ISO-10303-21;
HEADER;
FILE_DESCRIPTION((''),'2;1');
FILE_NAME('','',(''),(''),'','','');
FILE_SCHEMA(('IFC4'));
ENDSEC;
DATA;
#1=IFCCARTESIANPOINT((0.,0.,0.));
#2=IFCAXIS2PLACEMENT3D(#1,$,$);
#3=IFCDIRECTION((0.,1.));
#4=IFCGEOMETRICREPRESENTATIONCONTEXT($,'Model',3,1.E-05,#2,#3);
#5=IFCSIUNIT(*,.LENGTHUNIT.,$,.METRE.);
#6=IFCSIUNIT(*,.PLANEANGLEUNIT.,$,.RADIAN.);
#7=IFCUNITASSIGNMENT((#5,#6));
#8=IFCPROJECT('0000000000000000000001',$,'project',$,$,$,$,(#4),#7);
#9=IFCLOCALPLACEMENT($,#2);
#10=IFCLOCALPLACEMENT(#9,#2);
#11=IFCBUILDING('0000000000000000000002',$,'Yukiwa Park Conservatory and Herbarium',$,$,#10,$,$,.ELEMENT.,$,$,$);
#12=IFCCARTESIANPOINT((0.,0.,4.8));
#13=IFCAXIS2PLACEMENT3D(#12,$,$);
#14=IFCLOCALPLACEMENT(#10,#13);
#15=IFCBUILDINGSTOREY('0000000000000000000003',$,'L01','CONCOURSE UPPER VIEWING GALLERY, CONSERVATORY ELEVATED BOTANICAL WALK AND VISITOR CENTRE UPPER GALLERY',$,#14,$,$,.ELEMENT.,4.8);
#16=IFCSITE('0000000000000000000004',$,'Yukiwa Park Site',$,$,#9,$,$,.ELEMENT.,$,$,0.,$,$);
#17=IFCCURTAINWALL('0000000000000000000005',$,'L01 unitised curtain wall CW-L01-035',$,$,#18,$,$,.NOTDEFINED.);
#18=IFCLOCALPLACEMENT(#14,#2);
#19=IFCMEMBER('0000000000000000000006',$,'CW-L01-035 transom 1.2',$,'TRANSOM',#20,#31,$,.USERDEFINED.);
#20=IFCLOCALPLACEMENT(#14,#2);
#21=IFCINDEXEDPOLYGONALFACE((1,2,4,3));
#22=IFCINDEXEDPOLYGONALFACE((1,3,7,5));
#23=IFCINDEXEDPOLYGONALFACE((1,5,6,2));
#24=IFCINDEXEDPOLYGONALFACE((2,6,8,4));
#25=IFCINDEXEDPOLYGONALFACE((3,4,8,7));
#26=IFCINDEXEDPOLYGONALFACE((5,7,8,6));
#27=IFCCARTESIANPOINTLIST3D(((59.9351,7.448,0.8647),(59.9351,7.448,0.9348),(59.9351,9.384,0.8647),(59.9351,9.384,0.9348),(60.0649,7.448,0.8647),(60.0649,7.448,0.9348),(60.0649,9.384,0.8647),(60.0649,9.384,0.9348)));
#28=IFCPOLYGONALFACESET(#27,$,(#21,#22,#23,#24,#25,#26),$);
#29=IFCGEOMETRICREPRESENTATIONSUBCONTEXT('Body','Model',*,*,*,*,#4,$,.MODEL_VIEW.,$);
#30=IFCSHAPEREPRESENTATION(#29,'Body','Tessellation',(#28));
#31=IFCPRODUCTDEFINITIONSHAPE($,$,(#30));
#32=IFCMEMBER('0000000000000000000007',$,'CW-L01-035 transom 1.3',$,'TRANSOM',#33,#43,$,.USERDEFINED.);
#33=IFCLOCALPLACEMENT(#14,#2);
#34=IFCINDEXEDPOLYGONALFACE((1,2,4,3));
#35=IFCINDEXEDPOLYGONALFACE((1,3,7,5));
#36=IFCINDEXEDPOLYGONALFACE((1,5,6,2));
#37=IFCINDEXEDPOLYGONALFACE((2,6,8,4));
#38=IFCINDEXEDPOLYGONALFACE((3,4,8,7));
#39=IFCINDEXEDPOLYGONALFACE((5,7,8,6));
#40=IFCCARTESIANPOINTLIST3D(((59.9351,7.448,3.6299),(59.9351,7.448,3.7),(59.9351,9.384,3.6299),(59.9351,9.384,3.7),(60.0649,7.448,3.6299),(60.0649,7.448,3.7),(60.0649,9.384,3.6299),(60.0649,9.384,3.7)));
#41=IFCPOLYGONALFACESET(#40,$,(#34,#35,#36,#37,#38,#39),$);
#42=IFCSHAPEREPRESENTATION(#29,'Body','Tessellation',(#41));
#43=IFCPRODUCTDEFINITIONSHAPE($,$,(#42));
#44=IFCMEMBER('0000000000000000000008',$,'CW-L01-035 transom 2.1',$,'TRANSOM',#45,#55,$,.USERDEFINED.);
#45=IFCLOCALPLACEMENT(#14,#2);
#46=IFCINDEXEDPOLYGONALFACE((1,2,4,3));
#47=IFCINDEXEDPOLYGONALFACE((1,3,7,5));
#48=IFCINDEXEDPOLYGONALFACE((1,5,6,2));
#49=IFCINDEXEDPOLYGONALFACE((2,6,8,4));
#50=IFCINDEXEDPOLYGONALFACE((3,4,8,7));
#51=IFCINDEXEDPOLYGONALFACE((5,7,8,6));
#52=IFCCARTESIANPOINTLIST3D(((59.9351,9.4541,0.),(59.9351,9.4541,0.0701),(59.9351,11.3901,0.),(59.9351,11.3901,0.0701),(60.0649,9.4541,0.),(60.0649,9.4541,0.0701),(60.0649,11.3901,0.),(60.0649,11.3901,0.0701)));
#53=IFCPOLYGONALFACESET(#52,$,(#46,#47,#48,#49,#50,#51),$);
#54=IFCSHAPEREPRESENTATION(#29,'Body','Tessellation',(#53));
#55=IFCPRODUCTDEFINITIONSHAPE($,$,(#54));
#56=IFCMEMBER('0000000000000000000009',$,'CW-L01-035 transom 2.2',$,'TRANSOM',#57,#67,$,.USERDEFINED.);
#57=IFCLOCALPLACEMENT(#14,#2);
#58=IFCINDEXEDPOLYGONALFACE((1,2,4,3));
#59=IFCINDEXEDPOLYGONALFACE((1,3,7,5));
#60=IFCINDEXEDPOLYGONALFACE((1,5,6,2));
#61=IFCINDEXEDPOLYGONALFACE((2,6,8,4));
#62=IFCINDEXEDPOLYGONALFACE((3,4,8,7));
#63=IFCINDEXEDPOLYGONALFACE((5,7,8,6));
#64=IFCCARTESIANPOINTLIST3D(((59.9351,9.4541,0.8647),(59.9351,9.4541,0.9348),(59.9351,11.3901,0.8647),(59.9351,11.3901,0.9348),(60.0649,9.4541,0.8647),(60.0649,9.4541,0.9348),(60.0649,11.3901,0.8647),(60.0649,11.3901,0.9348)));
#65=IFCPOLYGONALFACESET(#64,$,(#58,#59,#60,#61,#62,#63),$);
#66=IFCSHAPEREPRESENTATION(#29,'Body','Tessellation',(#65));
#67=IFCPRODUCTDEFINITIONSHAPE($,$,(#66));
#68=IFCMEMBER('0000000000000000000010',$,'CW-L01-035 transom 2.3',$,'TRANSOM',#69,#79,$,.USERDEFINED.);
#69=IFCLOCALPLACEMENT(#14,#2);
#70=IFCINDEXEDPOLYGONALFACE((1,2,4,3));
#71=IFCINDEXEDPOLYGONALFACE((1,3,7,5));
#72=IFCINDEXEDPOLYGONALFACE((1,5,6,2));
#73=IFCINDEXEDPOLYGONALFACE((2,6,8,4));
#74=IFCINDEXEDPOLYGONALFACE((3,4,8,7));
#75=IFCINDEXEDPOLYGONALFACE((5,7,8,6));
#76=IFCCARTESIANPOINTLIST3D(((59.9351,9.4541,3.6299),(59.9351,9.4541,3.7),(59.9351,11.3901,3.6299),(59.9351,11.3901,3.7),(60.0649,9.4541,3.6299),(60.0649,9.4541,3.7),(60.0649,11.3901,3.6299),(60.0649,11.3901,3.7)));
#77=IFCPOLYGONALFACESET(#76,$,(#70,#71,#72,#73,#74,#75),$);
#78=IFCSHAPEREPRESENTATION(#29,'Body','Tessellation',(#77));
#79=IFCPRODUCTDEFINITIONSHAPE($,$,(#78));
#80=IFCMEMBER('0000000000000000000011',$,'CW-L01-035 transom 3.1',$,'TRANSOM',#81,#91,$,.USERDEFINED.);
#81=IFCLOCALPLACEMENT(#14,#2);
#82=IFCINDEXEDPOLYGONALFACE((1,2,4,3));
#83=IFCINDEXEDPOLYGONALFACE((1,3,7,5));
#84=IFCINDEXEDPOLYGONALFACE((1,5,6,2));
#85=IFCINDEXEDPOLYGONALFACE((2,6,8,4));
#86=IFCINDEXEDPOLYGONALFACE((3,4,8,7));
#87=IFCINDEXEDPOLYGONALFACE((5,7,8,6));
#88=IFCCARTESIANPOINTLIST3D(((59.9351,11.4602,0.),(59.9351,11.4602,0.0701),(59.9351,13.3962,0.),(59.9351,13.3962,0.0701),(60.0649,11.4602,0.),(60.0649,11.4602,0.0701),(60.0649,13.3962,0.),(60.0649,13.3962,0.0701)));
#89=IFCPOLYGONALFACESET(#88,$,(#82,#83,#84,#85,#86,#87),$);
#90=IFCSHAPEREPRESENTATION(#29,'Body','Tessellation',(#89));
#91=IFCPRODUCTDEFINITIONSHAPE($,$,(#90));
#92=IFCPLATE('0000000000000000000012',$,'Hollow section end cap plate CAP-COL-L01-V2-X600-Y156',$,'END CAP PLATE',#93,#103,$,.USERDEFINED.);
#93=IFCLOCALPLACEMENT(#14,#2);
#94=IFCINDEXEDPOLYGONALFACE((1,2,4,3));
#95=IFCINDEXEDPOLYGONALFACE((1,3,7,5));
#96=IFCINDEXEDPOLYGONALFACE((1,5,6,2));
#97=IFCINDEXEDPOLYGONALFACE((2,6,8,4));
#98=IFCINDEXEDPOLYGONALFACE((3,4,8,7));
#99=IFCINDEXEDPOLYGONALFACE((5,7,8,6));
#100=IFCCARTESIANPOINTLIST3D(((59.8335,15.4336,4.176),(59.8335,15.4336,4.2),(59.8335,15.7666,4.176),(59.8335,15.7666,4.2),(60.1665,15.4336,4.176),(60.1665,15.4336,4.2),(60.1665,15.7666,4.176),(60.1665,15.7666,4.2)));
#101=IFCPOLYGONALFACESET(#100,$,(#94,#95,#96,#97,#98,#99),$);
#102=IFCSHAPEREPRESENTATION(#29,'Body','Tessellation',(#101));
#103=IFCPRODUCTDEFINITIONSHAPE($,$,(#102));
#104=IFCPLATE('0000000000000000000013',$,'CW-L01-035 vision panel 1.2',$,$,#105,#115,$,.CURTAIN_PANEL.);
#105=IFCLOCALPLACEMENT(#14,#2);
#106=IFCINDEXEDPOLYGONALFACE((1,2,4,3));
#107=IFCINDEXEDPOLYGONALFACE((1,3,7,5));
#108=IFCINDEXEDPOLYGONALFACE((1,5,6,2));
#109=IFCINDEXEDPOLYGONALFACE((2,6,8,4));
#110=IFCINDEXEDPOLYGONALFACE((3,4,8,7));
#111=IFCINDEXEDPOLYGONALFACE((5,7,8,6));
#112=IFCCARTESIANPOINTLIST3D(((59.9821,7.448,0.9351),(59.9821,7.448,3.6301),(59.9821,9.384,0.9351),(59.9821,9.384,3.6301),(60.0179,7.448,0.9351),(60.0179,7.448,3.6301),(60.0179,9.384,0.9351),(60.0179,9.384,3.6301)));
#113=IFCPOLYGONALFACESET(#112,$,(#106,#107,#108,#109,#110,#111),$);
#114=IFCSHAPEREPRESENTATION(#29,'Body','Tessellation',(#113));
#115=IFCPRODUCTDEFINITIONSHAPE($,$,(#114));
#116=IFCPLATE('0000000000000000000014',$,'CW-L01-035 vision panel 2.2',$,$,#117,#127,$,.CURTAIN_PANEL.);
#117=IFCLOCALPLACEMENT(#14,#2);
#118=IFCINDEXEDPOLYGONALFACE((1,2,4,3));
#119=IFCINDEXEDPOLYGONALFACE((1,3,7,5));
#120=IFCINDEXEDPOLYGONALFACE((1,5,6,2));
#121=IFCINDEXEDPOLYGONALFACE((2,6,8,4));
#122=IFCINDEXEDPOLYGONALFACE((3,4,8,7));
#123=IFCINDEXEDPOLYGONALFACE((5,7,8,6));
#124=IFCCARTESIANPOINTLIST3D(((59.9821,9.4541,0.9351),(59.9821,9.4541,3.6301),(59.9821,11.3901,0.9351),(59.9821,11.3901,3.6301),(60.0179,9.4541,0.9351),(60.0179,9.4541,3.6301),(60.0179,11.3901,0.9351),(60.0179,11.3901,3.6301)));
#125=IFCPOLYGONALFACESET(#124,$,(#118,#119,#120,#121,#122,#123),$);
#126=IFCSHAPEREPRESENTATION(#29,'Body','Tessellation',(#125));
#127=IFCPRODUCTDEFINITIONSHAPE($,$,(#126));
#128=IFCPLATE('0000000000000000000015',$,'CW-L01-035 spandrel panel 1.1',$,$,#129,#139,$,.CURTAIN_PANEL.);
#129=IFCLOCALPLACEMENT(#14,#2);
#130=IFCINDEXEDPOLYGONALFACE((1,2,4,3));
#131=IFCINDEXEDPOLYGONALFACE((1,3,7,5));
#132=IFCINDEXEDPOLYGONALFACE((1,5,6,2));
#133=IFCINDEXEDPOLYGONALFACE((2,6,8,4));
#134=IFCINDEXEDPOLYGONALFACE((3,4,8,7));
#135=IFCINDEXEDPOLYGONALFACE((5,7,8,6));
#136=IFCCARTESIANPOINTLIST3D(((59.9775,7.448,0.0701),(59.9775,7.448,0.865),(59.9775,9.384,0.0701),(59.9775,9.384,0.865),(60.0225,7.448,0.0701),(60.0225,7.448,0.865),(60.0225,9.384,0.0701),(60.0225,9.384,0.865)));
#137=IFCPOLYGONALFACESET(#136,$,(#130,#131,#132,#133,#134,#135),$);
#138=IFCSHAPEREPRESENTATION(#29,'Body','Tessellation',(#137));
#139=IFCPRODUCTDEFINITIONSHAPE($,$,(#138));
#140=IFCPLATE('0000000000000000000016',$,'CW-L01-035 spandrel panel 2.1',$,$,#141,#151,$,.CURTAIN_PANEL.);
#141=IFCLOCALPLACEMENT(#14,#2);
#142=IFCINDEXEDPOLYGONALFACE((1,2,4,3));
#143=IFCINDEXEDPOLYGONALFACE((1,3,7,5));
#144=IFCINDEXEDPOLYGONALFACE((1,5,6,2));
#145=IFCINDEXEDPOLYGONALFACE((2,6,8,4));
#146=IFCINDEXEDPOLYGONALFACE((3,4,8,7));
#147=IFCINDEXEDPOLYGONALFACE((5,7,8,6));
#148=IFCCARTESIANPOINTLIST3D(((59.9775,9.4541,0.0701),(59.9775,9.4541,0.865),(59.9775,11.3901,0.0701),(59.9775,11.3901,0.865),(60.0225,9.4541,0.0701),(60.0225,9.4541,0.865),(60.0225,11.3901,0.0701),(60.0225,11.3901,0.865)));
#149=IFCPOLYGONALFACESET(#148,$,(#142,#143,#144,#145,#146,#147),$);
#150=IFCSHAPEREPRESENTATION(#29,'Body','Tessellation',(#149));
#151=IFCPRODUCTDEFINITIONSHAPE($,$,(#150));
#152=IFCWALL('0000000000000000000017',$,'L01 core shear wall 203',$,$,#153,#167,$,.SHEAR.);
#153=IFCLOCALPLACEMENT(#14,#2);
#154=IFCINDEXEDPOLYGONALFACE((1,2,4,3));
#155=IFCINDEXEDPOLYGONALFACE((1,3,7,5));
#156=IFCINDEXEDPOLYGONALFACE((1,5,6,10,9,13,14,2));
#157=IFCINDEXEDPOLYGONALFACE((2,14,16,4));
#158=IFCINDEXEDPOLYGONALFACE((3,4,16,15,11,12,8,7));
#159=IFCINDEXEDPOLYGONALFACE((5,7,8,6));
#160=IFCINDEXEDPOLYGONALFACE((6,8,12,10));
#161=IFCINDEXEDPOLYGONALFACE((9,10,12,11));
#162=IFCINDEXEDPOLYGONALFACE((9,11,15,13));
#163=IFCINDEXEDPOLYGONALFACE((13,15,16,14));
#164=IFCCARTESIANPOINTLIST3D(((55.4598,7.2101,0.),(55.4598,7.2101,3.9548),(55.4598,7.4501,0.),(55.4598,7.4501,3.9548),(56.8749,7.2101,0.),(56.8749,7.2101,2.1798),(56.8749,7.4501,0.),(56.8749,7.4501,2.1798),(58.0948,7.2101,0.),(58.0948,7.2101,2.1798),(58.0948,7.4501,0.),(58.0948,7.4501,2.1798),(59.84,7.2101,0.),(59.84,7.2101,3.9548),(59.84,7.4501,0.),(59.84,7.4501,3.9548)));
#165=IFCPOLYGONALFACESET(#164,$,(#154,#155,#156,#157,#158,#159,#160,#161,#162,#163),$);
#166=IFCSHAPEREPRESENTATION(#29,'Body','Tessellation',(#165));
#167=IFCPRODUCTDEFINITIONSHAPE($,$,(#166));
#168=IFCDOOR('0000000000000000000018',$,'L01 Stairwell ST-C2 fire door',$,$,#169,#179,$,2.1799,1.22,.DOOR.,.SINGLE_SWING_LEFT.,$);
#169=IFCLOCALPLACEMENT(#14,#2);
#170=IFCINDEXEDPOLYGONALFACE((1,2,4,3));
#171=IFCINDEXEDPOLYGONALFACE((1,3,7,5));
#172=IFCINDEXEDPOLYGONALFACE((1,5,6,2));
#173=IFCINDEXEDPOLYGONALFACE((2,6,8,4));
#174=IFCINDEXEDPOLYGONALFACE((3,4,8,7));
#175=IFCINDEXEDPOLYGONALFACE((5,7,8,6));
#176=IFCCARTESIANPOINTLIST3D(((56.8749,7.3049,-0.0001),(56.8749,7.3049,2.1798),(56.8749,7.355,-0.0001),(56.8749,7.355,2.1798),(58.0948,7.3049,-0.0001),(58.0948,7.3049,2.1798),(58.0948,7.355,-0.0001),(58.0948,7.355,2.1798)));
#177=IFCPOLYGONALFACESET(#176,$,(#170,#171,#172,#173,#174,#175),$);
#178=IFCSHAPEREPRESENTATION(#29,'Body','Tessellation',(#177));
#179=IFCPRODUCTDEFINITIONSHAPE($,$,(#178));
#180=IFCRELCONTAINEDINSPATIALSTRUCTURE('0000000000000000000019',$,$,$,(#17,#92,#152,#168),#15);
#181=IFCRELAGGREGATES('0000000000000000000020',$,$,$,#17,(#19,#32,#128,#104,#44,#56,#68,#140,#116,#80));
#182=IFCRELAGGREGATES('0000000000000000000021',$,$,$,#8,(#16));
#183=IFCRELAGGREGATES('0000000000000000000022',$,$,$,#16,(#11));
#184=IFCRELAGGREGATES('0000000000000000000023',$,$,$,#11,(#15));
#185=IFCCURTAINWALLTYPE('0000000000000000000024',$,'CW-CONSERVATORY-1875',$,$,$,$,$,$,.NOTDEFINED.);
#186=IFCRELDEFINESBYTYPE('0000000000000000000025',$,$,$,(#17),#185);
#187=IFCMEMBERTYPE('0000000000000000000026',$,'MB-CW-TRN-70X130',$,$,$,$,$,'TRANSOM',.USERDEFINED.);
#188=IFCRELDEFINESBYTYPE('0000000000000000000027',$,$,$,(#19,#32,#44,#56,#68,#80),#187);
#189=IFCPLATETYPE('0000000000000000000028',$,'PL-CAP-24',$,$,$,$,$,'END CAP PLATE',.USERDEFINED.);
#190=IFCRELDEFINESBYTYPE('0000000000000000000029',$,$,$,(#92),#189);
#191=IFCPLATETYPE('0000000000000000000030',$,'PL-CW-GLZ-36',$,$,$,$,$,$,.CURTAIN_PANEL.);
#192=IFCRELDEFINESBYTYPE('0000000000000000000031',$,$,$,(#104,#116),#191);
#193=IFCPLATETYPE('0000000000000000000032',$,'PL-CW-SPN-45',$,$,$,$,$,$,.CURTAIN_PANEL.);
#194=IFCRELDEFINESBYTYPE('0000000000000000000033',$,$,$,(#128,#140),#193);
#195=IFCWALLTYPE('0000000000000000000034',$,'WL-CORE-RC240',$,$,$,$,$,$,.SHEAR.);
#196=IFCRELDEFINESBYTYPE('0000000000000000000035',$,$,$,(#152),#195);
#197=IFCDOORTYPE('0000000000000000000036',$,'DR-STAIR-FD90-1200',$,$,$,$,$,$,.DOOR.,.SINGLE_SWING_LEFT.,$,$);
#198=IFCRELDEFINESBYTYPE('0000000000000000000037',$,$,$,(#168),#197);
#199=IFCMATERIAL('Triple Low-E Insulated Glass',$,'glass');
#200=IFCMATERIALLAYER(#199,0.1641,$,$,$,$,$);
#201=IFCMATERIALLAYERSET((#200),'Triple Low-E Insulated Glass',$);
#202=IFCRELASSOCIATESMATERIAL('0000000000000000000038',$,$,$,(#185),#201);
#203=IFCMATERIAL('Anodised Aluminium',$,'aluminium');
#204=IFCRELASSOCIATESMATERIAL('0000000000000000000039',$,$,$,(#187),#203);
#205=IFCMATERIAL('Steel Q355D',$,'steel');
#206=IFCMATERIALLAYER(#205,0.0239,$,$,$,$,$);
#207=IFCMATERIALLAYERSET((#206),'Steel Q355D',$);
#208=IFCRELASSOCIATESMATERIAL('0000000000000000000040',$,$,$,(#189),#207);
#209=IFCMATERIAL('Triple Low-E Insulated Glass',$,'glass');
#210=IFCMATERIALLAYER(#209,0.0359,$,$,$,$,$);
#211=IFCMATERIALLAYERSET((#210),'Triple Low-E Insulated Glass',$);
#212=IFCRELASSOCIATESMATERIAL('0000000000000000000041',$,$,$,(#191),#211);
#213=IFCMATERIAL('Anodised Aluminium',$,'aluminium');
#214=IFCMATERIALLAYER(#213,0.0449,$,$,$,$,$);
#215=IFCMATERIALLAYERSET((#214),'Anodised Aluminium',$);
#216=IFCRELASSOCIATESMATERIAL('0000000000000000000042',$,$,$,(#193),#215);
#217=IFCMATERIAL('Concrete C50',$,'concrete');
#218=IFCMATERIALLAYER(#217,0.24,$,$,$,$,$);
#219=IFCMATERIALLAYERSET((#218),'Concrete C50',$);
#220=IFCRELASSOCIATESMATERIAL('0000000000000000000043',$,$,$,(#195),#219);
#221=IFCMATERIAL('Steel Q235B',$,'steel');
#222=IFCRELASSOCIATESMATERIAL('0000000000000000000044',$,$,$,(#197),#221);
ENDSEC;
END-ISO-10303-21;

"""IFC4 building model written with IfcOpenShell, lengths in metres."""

from ifc_helpers import new_model, si_unit, direction, frame, frame_2d, origin, origin_2d, place, context, subcontext, project, spatial, rectangle, extrude, material, layer, layer_set, type_object, element, fill, aggregate, save


model = new_model("IFC4")

# Units and contexts
model_context = context("Model", 3, precision=1e-05, world=origin(), true_north=direction((0.0, 1.0)))
body_context = subcontext(model_context, "Body", "Model", "MODEL_VIEW")
ifc_project = project(units=[si_unit("LENGTHUNIT", "METRE"), si_unit("PLANEANGLEUNIT", "RADIAN")], contexts=[model_context])

# Site, building, storey
site_placement = place(None, origin())
site = spatial("IfcSite", under=ifc_project, at=site_placement, Name="Yukiwa Park Site", CompositionType="ELEMENT", RefElevation=0.0)
building_placement = place(site_placement, origin())
building = spatial("IfcBuilding", under=site, at=building_placement, Name="Yukiwa Park Conservatory and Herbarium", CompositionType="ELEMENT")
storey_placement = place(building_placement, frame((0.0, 0.0, 4.8)))
storey = spatial("IfcBuildingStorey", under=building, at=storey_placement, Name="L01", Description="CONCOURSE UPPER VIEWING GALLERY, CONSERVATORY ELEVATED BOTANICAL WALK AND VISITOR CENTRE UPPER GALLERY", CompositionType="ELEMENT", Elevation=4.8)

# Curtain wall, members
ifc_material_1 = material(Name="Triple Low-E Insulated Glass", Category="glass")
ifc_layer_1 = layer(ifc_material_1, 0.1641)
ifc_layer_set_1 = layer_set([ifc_layer_1], Name="Triple Low-E Insulated Glass")
curtain_wall_type = type_object("IfcCurtainWallType", Name="CW-CONSERVATORY-1875", PredefinedType="NOTDEFINED", material=ifc_layer_set_1)
curtain_wall_placement = place(storey_placement, origin())
curtain_wall = element("IfcCurtainWall", 1, at=curtain_wall_placement, inside=storey, type_object=curtain_wall_type, Name="L01 unitised curtain wall CW-L01-035", PredefinedType="NOTDEFINED")
ifc_material_2 = material(Name="Anodised Aluminium", Category="aluminium")
member_type_1 = type_object("IfcMemberType", Name="MB-CW-TRN-70X130", ElementType="TRANSOM", PredefinedType="USERDEFINED", material=ifc_material_2)
member_1_placement = place(storey_placement, frame((60.0, 8.416, 0.8647), z_axis=(0.0, 0.0, 1.0), x_axis=(0.0, 1.0, 0.0)))
member_1 = element("IfcMember", 2, at=member_1_placement, type_object=member_type_1, Name="CW-L01-035 transom 1.2", ObjectType="TRANSOM", PredefinedType="USERDEFINED", context=body_context, shape_type="SweptSolid", body=[
    extrude(rectangle(XDim=1.936, YDim=0.1299, at=origin_2d()), origin(), (0.0, 0.0, 1.0), 0.0701),
])
member_2_placement = place(storey_placement, frame((60.0, 8.416, 3.6299), z_axis=(0.0, 0.0, 1.0), x_axis=(0.0, 1.0, 0.0)))
member_2 = element("IfcMember", 3, at=member_2_placement, type_object=member_type_1, Name="CW-L01-035 transom 1.3", ObjectType="TRANSOM", PredefinedType="USERDEFINED", context=body_context, shape_type="SweptSolid", body=[
    extrude(rectangle(XDim=1.936, YDim=0.1299, at=origin_2d()), origin(), (0.0, 0.0, 1.0), 0.0701),
])
member_3_placement = place(storey_placement, frame((60.0, 10.4221, 0.0), z_axis=(0.0, 0.0, 1.0), x_axis=(0.0, 1.0, 0.0)))
member_3 = element("IfcMember", 4, at=member_3_placement, type_object=member_type_1, Name="CW-L01-035 transom 2.1", ObjectType="TRANSOM", PredefinedType="USERDEFINED", context=body_context, shape_type="SweptSolid", body=[
    extrude(rectangle(XDim=1.936, YDim=0.1299, at=origin_2d()), origin(), (0.0, 0.0, 1.0), 0.0701),
])
member_4_placement = place(storey_placement, frame((60.0, 10.4221, 0.8647), z_axis=(0.0, 0.0, 1.0), x_axis=(0.0, 1.0, 0.0)))
member_4 = element("IfcMember", 5, at=member_4_placement, type_object=member_type_1, Name="CW-L01-035 transom 2.2", ObjectType="TRANSOM", PredefinedType="USERDEFINED", context=body_context, shape_type="SweptSolid", body=[
    extrude(rectangle(XDim=1.936, YDim=0.1299, at=origin_2d()), origin(), (0.0, 0.0, 1.0), 0.0701),
])
member_5_placement = place(storey_placement, frame((60.0, 10.4221, 3.6299), z_axis=(0.0, 0.0, 1.0), x_axis=(0.0, 1.0, 0.0)))
member_5 = element("IfcMember", 6, at=member_5_placement, type_object=member_type_1, Name="CW-L01-035 transom 2.3", ObjectType="TRANSOM", PredefinedType="USERDEFINED", context=body_context, shape_type="SweptSolid", body=[
    extrude(rectangle(XDim=1.936, YDim=0.1299, at=origin_2d()), origin(), (0.0, 0.0, 1.0), 0.0701),
])
member_6_placement = place(storey_placement, frame((60.0, 12.4282, 0.0), z_axis=(0.0, 0.0, 1.0), x_axis=(0.0, 1.0, 0.0)))
member_6 = element("IfcMember", 7, at=member_6_placement, type_object=member_type_1, Name="CW-L01-035 transom 3.1", ObjectType="TRANSOM", PredefinedType="USERDEFINED", context=body_context, shape_type="SweptSolid", body=[
    extrude(rectangle(XDim=1.936, YDim=0.1299, at=origin_2d()), origin(), (0.0, 0.0, 1.0), 0.0701),
])

# Plates
ifc_material_3 = material(Name="Steel Q355D", Category="steel")
ifc_layer_2 = layer(ifc_material_3, 0.0239)
ifc_layer_set_2 = layer_set([ifc_layer_2], Name="Steel Q355D")
plate_type_1 = type_object("IfcPlateType", Name="PL-CAP-24", ElementType="END CAP PLATE", PredefinedType="USERDEFINED", material=ifc_layer_set_2)
plate_1_placement = place(storey_placement, frame((60.0, 15.6001, 4.176), z_axis=(0.0, 0.0, 1.0), x_axis=(1.0, 0.0, 0.0)))
element("IfcPlate", 8, at=plate_1_placement, inside=storey, type_object=plate_type_1, Name="Hollow section end cap plate CAP-COL-L01-V2-X600-Y156", ObjectType="END CAP PLATE", PredefinedType="USERDEFINED", context=body_context, shape_type="SweptSolid", body=[
    extrude(rectangle(XDim=0.333, YDim=0.333, at=origin_2d()), origin(), (0.0, 0.0, 1.0), 0.0239),
])
ifc_material_4 = material(Name="Triple Low-E Insulated Glass", Category="glass")
ifc_layer_3 = layer(ifc_material_4, 0.0359)
ifc_layer_set_3 = layer_set([ifc_layer_3], Name="Triple Low-E Insulated Glass")
plate_type_2 = type_object("IfcPlateType", Name="PL-CW-GLZ-36", PredefinedType="CURTAIN_PANEL", material=ifc_layer_set_3)
plate_2_placement = place(storey_placement, frame((60.0, 8.416, 0.9351), z_axis=(0.0, 0.0, 1.0), x_axis=(0.0, 1.0, 0.0)))
plate_2 = element("IfcPlate", 9, at=plate_2_placement, type_object=plate_type_2, Name="CW-L01-035 vision panel 1.2", PredefinedType="CURTAIN_PANEL", context=body_context, shape_type="SweptSolid", body=[
    extrude(rectangle(XDim=1.936, YDim=0.0359, at=origin_2d()), origin(), (0.0, 0.0, 1.0), 2.6951),
])
plate_3_placement = place(storey_placement, frame((60.0, 10.4221, 0.9351), z_axis=(0.0, 0.0, 1.0), x_axis=(0.0, 1.0, 0.0)))
plate_3 = element("IfcPlate", 10, at=plate_3_placement, type_object=plate_type_2, Name="CW-L01-035 vision panel 2.2", PredefinedType="CURTAIN_PANEL", context=body_context, shape_type="SweptSolid", body=[
    extrude(rectangle(XDim=1.936, YDim=0.0359, at=origin_2d()), origin(), (0.0, 0.0, 1.0), 2.6951),
])
ifc_material_5 = material(Name="Anodised Aluminium", Category="aluminium")
ifc_layer_4 = layer(ifc_material_5, 0.0449)
ifc_layer_set_4 = layer_set([ifc_layer_4], Name="Anodised Aluminium")
plate_type_3 = type_object("IfcPlateType", Name="PL-CW-SPN-45", PredefinedType="CURTAIN_PANEL", material=ifc_layer_set_4)
plate_4_placement = place(storey_placement, frame((60.0, 8.416, 0.0701), z_axis=(0.0, 0.0, 1.0), x_axis=(0.0, 1.0, 0.0)))
plate_4 = element("IfcPlate", 11, at=plate_4_placement, type_object=plate_type_3, Name="CW-L01-035 spandrel panel 1.1", PredefinedType="CURTAIN_PANEL", context=body_context, shape_type="SweptSolid", body=[
    extrude(rectangle(XDim=1.936, YDim=0.0449, at=origin_2d()), origin(), (0.0, 0.0, 1.0), 0.7949),
])
plate_5_placement = place(storey_placement, frame((60.0, 10.4221, 0.0701), z_axis=(0.0, 0.0, 1.0), x_axis=(0.0, 1.0, 0.0)))
plate_5 = element("IfcPlate", 12, at=plate_5_placement, type_object=plate_type_3, Name="CW-L01-035 spandrel panel 2.1", PredefinedType="CURTAIN_PANEL", context=body_context, shape_type="SweptSolid", body=[
    extrude(rectangle(XDim=1.936, YDim=0.0449, at=origin_2d()), origin(), (0.0, 0.0, 1.0), 0.7949),
])
aggregate(curtain_wall, [member_1, member_2, plate_4, plate_2, member_3, member_4, member_5, plate_5, plate_3, member_6])

# Wall, opening, door
ifc_material_6 = material(Name="Concrete C50", Category="concrete")
ifc_layer_5 = layer(ifc_material_6, 0.24)
ifc_layer_set_5 = layer_set([ifc_layer_5], Name="Concrete C50")
wall_type = type_object("IfcWallType", Name="WL-CORE-RC240", PredefinedType="SHEAR", material=ifc_layer_set_5)
wall_1_placement = place(storey_placement, frame((55.46, 7.3301, 0.0), z_axis=(0.0, 0.0, 1.0), x_axis=(1.0, 0.0, 0.0)))
wall_1 = element("IfcWall", 13, at=wall_1_placement, inside=storey, type_object=wall_type, Name="L01 core shear wall 203", PredefinedType="SHEAR", context=body_context, shape_type="SweptSolid", body=[
    extrude(rectangle(XDim=4.3801, YDim=0.24, at=frame_2d((2.1899, 0.0))), origin(), (0.0, 0.0, 1.0), 3.9548),
])
opening_placement = place(wall_1_placement, frame((1.415, 0.0, 0.0)))
opening = element("IfcOpeningElement", 14, at=opening_placement, cuts=wall_1, PredefinedType="OPENING", context=body_context, shape_type="SweptSolid", body=[
    extrude(rectangle(XDim=1.22, YDim=2.1799, at=frame_2d((0.6099, 1.0898))), frame((0.0, 0.1299, 0.0), z_axis=(0.0, -1.0, 0.0), x_axis=(1.0, 0.0, 0.0)), (0.0, 0.0, 1.0), 0.26),
])
ifc_material_7 = material(Name="Steel Q235B", Category="steel")
door_type = type_object("IfcDoorType", Name="DR-STAIR-FD90-1200", OperationType="SINGLE_SWING_LEFT", PredefinedType="DOOR", material=ifc_material_7)
door_placement = place(opening_placement, origin())
door = element("IfcDoor", 15, at=door_placement, inside=storey, type_object=door_type, Name="L01 Stairwell ST-C2 fire door", OperationType="SINGLE_SWING_LEFT", OverallHeight=2.1799, OverallWidth=1.22, PredefinedType="DOOR", context=body_context, shape_type="SweptSolid", body=[
    extrude(rectangle(XDim=1.22, YDim=2.1799, at=frame_2d((0.6099, 1.0898))), frame((0.0, 0.0249, 0.0), z_axis=(0.0, -1.0, 0.0), x_axis=(1.0, 0.0, 0.0)), (0.0, 0.0, 1.0), 0.05),
])
fill(opening, door)

save(model, "model.ifc")
